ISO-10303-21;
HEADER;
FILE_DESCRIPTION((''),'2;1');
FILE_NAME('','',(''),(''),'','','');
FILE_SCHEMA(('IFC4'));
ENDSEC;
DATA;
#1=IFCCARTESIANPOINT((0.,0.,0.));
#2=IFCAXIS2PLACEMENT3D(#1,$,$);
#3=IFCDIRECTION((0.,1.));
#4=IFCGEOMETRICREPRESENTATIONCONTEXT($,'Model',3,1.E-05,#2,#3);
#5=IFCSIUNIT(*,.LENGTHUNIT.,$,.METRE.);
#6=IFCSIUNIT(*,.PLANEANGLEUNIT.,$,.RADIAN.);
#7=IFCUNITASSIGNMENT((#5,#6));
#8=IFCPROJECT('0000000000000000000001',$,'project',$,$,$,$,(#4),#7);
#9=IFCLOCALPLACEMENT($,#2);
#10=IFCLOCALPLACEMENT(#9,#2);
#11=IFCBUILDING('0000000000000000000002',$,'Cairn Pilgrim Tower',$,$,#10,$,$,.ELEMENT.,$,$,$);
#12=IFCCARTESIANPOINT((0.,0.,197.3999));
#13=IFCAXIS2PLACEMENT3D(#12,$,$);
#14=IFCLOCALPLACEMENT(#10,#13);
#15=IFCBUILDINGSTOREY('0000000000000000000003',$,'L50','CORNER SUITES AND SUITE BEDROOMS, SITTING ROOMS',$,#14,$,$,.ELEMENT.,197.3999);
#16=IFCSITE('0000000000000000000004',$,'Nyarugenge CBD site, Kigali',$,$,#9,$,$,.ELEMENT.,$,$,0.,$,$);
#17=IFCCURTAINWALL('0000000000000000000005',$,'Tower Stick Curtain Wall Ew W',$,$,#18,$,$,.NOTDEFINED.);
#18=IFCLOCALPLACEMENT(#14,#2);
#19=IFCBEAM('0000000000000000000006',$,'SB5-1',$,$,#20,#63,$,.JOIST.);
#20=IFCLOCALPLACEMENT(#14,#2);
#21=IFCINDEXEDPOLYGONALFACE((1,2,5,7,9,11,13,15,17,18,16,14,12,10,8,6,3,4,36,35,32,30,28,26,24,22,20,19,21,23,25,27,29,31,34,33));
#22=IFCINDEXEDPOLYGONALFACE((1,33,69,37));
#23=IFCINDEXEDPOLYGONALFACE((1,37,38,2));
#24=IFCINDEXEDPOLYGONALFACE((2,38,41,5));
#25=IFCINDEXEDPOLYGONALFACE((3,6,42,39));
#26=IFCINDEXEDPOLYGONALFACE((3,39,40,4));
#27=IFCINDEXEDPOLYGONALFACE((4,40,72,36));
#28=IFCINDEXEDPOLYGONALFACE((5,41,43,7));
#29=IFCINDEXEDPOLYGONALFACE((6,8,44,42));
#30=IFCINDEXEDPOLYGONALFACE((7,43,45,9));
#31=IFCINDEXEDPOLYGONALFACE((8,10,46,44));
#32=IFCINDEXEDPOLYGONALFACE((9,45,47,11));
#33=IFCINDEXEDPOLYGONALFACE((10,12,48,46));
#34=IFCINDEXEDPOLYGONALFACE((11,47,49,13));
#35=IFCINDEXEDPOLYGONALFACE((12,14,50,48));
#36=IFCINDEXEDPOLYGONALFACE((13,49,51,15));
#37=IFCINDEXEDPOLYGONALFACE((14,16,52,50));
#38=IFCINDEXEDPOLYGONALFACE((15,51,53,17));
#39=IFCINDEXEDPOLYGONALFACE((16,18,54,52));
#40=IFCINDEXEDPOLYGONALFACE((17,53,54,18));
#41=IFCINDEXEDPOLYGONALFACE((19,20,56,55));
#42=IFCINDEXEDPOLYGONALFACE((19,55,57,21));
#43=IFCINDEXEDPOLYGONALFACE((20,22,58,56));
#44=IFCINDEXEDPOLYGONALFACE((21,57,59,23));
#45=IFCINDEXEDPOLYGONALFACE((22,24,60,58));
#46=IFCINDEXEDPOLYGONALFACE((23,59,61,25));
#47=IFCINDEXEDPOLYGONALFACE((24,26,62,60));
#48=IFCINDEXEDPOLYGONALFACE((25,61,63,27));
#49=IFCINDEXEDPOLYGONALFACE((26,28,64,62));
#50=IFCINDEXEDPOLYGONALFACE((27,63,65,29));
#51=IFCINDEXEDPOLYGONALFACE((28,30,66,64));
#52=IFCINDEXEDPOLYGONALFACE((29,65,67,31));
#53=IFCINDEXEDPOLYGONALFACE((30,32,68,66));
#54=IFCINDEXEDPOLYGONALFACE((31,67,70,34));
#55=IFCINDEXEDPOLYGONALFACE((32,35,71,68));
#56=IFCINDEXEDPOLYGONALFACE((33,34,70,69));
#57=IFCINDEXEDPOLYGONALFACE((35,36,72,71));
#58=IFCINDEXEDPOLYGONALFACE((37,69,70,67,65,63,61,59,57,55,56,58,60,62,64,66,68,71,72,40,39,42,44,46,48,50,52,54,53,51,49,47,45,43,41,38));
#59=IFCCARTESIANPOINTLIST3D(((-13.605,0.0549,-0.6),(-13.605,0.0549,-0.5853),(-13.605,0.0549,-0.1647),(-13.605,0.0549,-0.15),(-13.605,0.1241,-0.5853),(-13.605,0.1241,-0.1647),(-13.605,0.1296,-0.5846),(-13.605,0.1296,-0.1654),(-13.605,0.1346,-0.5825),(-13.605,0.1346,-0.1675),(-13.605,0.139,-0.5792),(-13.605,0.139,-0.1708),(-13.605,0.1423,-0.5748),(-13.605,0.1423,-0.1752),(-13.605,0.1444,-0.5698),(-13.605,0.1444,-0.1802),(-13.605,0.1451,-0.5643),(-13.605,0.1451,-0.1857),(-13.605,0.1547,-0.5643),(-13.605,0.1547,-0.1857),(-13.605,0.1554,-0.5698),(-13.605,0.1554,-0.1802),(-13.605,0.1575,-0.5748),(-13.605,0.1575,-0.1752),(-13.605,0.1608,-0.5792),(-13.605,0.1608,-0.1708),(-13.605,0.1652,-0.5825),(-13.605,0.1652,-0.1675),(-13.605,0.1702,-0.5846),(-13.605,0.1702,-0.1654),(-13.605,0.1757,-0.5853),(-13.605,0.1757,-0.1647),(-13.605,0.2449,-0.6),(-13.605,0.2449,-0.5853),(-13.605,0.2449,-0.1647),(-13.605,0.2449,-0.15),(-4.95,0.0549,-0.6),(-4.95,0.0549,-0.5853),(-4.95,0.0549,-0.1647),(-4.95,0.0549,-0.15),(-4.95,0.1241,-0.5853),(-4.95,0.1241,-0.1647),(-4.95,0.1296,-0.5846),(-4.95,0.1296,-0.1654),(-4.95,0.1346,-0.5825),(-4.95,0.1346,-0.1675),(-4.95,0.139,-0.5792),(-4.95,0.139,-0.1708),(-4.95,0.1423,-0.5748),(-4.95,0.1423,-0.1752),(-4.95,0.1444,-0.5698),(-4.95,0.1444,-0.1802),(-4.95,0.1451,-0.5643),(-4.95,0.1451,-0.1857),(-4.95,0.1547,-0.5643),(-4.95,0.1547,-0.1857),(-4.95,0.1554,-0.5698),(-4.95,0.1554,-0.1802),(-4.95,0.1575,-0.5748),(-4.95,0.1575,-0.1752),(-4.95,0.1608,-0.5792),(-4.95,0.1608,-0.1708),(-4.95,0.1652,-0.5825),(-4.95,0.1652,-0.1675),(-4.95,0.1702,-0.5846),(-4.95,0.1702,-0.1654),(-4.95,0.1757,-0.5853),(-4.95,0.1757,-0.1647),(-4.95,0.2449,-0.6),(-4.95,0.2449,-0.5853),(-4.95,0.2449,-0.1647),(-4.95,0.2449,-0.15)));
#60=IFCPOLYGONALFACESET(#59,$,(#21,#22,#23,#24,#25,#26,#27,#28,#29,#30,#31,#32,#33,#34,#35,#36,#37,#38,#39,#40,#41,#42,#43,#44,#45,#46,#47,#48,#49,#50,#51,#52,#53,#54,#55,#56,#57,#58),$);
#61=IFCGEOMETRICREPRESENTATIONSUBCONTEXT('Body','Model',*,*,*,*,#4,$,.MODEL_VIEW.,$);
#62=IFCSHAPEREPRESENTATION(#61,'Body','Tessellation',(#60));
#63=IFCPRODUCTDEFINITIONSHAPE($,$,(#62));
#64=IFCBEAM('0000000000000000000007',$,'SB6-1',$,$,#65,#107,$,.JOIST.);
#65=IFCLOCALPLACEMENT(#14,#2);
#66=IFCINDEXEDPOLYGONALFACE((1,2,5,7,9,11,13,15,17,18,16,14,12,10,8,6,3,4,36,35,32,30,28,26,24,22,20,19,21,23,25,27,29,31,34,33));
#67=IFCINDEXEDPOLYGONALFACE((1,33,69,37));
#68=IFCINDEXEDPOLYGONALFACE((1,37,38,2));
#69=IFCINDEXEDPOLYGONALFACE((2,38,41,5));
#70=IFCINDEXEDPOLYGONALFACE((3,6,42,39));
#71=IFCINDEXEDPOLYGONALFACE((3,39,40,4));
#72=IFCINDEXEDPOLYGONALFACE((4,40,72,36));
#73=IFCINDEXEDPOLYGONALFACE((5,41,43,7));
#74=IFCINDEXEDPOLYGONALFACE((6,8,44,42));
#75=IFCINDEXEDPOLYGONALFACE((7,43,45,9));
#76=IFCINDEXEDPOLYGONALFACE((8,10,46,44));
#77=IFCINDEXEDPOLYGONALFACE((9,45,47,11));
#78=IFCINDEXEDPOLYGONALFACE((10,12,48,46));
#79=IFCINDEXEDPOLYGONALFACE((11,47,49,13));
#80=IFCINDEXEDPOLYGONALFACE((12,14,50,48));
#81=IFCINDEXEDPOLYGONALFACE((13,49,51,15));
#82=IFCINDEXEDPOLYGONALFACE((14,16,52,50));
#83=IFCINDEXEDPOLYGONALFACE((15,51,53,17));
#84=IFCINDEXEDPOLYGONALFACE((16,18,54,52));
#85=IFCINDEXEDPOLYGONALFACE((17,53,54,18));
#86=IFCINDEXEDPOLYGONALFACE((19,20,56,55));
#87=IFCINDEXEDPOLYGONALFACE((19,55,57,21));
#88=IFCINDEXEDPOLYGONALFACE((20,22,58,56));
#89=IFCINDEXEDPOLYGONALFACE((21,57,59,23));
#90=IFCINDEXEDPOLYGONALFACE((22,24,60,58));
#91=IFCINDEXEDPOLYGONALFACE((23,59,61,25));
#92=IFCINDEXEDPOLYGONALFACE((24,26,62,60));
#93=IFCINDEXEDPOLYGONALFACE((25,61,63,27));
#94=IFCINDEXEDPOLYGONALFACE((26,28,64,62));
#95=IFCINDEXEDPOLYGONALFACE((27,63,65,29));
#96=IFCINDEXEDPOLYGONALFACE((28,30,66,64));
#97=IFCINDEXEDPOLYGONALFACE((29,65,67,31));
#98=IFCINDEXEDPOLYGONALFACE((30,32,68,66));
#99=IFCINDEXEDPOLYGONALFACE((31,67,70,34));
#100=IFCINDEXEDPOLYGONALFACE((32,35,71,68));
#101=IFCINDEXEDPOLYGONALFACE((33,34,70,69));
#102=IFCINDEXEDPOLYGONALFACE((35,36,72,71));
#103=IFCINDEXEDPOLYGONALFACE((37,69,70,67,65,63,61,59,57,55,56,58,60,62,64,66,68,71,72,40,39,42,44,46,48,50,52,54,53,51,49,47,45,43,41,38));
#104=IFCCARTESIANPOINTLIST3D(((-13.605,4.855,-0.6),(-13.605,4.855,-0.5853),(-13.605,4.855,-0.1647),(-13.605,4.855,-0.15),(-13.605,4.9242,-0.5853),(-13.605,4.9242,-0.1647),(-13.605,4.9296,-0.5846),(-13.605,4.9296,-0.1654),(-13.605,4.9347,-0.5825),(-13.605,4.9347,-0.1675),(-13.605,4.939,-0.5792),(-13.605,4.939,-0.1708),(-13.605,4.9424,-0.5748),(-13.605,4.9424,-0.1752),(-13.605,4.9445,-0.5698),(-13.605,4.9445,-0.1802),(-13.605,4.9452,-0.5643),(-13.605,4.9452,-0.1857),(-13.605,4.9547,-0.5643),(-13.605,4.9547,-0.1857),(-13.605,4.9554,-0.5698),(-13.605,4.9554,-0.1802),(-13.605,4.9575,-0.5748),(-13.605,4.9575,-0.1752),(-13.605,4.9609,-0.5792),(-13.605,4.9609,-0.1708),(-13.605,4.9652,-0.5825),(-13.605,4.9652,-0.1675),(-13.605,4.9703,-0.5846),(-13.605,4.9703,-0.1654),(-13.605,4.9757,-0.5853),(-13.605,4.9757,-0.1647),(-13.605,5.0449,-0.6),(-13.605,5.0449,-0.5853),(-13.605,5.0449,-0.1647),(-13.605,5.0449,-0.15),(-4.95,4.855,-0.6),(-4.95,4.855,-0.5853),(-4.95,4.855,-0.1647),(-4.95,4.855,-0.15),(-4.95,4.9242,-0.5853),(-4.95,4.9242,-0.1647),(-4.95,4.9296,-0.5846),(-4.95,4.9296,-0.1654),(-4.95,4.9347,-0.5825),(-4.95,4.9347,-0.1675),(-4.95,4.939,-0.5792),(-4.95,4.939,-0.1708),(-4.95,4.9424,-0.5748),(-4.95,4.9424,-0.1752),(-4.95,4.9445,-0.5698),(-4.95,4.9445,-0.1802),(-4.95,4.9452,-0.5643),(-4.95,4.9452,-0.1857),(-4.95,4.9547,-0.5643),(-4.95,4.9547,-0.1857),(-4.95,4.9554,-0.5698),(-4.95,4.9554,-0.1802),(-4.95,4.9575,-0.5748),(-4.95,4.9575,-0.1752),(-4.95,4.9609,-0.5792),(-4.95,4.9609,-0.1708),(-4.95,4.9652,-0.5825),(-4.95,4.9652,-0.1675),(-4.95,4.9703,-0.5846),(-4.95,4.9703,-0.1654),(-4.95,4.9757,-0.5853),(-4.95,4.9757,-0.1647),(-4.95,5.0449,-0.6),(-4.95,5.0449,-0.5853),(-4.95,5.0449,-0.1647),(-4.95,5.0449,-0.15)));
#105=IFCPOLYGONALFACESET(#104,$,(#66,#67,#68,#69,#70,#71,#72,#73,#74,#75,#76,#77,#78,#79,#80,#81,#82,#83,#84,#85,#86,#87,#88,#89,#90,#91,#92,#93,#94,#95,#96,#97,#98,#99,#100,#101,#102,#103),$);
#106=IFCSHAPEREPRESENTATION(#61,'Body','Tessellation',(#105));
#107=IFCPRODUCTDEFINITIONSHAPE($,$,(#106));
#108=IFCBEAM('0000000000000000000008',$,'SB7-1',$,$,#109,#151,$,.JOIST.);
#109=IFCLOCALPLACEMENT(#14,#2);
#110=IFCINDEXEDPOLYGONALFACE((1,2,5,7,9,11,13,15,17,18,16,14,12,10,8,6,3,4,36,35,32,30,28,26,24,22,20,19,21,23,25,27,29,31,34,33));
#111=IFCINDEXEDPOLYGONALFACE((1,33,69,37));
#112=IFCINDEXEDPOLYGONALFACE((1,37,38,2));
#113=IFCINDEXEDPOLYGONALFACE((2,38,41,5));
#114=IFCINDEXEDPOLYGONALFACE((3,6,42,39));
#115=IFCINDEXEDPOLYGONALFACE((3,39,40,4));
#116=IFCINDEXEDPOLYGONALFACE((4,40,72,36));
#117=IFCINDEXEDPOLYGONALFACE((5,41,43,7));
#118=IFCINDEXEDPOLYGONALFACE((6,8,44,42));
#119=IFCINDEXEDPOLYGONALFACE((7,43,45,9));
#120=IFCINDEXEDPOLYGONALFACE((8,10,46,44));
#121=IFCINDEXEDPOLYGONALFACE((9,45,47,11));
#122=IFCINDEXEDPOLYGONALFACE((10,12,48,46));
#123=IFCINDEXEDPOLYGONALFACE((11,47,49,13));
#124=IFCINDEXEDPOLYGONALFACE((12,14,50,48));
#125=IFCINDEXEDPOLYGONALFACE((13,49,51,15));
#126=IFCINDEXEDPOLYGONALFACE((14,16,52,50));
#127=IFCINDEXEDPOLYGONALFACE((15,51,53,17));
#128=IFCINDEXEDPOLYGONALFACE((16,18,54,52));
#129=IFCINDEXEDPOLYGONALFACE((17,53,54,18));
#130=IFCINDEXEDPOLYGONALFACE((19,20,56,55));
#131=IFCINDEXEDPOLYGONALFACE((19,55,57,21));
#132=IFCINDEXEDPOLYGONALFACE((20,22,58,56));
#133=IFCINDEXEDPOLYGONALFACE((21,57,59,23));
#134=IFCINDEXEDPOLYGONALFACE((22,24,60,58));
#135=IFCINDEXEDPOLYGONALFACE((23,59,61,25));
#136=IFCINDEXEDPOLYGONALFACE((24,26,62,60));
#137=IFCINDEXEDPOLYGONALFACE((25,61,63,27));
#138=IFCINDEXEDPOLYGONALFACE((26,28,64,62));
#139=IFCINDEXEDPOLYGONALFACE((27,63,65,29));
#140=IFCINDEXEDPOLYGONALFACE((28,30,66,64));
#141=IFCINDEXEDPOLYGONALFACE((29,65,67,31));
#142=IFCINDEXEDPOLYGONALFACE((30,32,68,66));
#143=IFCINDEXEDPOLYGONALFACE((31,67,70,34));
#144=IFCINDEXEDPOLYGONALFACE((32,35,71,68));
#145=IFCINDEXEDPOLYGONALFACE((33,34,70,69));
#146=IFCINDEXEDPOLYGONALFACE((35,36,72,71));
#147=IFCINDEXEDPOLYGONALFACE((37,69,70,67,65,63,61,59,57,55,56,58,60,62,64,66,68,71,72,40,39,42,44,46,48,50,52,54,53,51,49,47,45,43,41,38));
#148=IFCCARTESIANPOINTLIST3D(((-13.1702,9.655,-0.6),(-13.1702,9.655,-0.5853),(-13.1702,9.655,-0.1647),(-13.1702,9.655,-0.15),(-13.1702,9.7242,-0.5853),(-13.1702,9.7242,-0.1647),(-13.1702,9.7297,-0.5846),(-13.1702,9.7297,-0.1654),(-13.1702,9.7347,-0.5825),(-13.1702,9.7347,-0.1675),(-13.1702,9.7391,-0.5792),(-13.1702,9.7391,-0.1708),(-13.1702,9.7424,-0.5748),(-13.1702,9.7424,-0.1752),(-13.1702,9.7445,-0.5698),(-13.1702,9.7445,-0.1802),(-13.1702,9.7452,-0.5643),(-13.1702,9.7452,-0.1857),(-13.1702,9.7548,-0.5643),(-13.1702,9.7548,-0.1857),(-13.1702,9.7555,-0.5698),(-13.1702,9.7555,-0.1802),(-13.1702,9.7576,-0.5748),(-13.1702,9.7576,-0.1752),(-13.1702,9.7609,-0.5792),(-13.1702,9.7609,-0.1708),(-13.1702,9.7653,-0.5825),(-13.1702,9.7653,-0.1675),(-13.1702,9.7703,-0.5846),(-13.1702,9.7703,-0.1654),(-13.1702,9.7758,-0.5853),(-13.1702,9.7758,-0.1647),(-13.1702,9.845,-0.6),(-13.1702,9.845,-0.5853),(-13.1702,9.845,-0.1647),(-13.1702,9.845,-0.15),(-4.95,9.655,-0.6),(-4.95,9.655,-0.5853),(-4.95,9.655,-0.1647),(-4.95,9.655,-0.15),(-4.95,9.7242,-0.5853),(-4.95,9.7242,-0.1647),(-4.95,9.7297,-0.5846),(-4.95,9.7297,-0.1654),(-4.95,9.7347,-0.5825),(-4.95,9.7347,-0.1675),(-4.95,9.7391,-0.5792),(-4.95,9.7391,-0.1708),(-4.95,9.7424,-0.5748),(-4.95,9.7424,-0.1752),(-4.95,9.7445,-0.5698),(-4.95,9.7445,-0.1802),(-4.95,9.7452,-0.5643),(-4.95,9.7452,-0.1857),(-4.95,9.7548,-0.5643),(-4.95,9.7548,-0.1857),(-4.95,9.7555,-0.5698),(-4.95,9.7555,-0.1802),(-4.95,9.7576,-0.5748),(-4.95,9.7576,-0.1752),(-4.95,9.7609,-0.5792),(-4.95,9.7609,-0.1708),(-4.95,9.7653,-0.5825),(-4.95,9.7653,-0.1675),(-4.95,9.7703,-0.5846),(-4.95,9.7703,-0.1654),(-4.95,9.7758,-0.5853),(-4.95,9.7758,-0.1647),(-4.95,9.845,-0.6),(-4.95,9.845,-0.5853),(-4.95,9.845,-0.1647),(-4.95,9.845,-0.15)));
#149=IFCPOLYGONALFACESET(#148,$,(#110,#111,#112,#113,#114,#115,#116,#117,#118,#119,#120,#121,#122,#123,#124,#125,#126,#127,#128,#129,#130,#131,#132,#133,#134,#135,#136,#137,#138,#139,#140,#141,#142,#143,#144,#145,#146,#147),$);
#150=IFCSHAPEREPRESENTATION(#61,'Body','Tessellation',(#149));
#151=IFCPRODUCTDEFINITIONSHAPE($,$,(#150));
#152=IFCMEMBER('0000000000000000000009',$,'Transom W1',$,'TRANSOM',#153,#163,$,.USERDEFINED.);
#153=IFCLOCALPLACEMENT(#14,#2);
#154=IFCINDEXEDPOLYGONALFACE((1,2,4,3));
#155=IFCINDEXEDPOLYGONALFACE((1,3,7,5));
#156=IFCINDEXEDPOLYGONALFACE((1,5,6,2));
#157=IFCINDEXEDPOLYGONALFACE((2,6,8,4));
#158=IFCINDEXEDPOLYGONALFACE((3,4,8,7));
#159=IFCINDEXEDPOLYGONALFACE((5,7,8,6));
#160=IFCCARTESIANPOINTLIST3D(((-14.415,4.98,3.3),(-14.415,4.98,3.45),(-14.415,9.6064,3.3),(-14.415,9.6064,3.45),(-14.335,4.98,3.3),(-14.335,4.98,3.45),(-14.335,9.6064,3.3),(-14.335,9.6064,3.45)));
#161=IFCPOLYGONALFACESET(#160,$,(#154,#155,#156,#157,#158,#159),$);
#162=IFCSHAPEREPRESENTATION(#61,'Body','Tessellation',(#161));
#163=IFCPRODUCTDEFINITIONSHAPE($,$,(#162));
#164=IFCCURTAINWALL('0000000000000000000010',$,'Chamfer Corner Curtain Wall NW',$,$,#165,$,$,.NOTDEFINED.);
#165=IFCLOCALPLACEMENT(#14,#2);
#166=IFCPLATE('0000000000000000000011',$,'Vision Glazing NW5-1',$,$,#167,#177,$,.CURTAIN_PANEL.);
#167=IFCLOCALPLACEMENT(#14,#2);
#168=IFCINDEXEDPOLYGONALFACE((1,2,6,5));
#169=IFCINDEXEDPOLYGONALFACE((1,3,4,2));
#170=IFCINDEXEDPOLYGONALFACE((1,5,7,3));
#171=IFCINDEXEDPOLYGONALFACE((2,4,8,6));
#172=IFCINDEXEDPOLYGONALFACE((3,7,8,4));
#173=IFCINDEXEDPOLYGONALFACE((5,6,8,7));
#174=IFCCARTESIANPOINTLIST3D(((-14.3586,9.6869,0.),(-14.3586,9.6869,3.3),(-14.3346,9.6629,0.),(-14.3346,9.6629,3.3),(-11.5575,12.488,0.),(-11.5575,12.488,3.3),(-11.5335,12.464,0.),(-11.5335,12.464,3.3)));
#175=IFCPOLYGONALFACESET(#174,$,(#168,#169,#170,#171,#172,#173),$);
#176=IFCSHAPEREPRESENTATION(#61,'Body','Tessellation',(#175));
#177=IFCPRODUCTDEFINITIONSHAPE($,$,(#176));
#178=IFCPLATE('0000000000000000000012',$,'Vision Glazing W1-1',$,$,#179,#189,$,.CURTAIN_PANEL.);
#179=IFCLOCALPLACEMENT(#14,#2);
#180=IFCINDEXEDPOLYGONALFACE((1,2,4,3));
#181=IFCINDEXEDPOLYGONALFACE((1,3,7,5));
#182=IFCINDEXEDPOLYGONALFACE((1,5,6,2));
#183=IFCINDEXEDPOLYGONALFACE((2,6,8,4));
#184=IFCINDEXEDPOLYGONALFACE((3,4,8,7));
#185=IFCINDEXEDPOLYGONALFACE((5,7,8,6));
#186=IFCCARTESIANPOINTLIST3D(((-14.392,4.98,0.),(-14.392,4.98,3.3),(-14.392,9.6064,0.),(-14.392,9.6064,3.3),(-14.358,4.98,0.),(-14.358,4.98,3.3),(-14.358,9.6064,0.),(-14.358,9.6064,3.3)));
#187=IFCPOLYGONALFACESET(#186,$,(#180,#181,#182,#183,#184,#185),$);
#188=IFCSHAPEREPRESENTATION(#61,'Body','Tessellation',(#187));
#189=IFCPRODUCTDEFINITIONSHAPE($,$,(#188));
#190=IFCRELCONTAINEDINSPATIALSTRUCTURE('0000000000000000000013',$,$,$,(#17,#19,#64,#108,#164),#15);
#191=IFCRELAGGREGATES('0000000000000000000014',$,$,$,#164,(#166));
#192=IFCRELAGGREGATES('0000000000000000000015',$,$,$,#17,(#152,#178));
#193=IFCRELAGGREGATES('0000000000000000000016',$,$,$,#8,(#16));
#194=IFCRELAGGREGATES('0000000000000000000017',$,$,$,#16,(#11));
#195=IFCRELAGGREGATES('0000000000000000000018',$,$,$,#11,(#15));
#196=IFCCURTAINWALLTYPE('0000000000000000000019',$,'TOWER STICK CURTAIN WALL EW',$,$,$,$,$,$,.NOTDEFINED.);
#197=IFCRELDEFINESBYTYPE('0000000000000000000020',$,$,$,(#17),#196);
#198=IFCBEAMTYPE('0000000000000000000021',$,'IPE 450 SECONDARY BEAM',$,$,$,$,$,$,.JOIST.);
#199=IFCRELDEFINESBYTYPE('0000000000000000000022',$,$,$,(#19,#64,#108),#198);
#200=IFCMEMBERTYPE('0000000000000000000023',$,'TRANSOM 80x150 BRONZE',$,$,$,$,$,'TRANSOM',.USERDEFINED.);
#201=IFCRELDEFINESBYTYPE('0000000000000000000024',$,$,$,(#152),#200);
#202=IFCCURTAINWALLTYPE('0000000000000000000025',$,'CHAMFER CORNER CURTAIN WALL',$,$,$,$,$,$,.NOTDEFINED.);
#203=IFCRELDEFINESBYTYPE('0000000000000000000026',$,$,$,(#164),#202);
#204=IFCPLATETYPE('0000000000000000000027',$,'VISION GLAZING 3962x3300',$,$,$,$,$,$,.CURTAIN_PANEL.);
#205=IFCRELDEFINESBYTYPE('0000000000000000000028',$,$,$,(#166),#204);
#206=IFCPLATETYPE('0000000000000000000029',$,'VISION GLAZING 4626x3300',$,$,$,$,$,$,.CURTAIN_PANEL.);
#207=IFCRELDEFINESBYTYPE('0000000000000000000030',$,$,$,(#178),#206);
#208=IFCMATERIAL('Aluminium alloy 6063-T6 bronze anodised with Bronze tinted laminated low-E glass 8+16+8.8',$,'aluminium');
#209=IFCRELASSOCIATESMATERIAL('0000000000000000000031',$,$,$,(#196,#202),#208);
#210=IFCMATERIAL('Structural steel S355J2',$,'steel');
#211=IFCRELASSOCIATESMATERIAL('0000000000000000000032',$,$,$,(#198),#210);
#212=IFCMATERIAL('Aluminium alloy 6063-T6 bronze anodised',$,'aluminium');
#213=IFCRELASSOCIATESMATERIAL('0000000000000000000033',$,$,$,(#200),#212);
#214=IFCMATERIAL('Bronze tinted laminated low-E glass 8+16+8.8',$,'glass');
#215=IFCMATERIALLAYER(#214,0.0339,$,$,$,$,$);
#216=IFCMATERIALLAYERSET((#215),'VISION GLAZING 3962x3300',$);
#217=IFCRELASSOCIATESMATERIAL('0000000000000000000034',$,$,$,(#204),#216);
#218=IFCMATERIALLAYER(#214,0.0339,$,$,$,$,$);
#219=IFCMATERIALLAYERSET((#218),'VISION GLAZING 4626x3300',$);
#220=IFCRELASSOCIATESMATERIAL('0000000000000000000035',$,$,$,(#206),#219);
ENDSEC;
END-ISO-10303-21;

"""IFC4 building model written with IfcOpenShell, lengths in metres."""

from ifc_helpers import new_model, si_unit, direction, frame, origin, origin_2d, place, context, subcontext, project, spatial, rectangle, i_section, extrude, material, layer, layer_set, material_profile, profile_set, type_object, element, aggregate, save


model = new_model("IFC4")

# Units and contexts
model_context = context("Model", 3, precision=1e-05, world=origin(), true_north=direction((0.0, 1.0)))
body_context = subcontext(model_context, "Body", "Model", "MODEL_VIEW")
ifc_project = project(units=[si_unit("LENGTHUNIT", "METRE"), si_unit("PLANEANGLEUNIT", "RADIAN")], contexts=[model_context])

# Site, building, storey
site_placement = place(None, origin())
site = spatial("IfcSite", under=ifc_project, at=site_placement, Name="Nyarugenge CBD site, Kigali", CompositionType="ELEMENT", RefElevation=0.0)
building_placement = place(site_placement, origin())
building = spatial("IfcBuilding", under=site, at=building_placement, Name="Cairn Pilgrim Tower", CompositionType="ELEMENT")
storey_placement = place(building_placement, frame((0.0, 0.0, 197.3999)))
storey = spatial("IfcBuildingStorey", under=building, at=storey_placement, Name="L50", Description="CORNER SUITES AND SUITE BEDROOMS, SITTING ROOMS", CompositionType="ELEMENT", Elevation=197.3999)

# Shared definitions
ifc_material_1 = material(Name="Structural steel S355J2", Category="steel")

# Curtain wall
ifc_material_2 = material(Name="Aluminium alloy 6063-T6 bronze anodised with Bronze tinted laminated low-E glass 8+16+8.8", Category="aluminium")
curtain_wall_type_1 = type_object("IfcCurtainWallType", Name="TOWER STICK CURTAIN WALL EW", PredefinedType="NOTDEFINED", material=ifc_material_2)
curtain_wall_1_placement = place(storey_placement, origin())
curtain_wall_1 = element("IfcCurtainWall", 1, at=curtain_wall_1_placement, inside=storey, type_object=curtain_wall_type_1, Name="Tower Stick Curtain Wall Ew W", PredefinedType="NOTDEFINED")
ifc_material_3 = material(Name="Aluminium alloy 6063-T6 bronze anodised", Category="aluminium")

# Beams
ifc_material_profile_1 = material_profile(ifc_material_1, i_section(OverallWidth=0.1899, OverallDepth=0.45, WebThickness=0.0095, FlangeThickness=0.0146, FilletRadius=0.021, at=origin_2d()), Name="IPE 450")
ifc_profile_set_1 = profile_set([ifc_material_profile_1], Name="Structural steel S355J2")
beam_type_1 = type_object("IfcBeamType", Name="IPE 450 SECONDARY BEAM", PredefinedType="JOIST", material=ifc_profile_set_1)
for number, where, z_axis, x_axis, name in (
    (2, (-13.605, 0.1499, -0.375), (1.0, 0.0, 0.0), (0.0, 1.0, 0.0), "SB5-1"),
    (3, (-13.605, 4.95, -0.375), (1.0, 0.0, 0.0), (0.0, 1.0, 0.0), "SB6-1"),
):
    element("IfcBeam", number, at=place(storey_placement, frame(where, z_axis=z_axis, x_axis=x_axis)), inside=storey, type_object=beam_type_1, Name=name, PredefinedType="JOIST", context=body_context, shape_type="SweptSolid", body=[
        extrude(i_section(OverallWidth=0.1899, OverallDepth=0.45, WebThickness=0.0095, FlangeThickness=0.0146, FilletRadius=0.021, at=origin_2d()), origin(), (0.0, 0.0, 1.0), 8.655),
    ])
beam_1_placement = place(storey_placement, frame((-13.1702, 9.75, -0.375), z_axis=(1.0, 0.0, 0.0), x_axis=(0.0, 1.0, 0.0)))
element("IfcBeam", 4, at=beam_1_placement, inside=storey, type_object=beam_type_1, Name="SB7-1", PredefinedType="JOIST", context=body_context, shape_type="SweptSolid", body=[
    extrude(i_section(OverallWidth=0.1899, OverallDepth=0.45, WebThickness=0.0095, FlangeThickness=0.0146, FilletRadius=0.021, at=origin_2d()), origin(), (0.0, 0.0, 1.0), 8.2202),
])

# Member
ifc_material_profile_2 = material_profile(ifc_material_3, rectangle(XDim=0.0801, YDim=0.1499, at=origin_2d()), Name="TRANSOM 80x150 BRONZE")
ifc_profile_set_2 = profile_set([ifc_material_profile_2], Name="Aluminium alloy 6063-T6 bronze anodised")
member_type_1 = type_object("IfcMemberType", Name="TRANSOM 80x150 BRONZE", ElementType="TRANSOM", PredefinedType="USERDEFINED", material=ifc_profile_set_2)
member_1_placement = place(storey_placement, frame((-14.375, 9.6064, 3.375), z_axis=(0.0, -1.0, 0.0), x_axis=(1.0, 0.0, 0.0)))
member_1 = element("IfcMember", 5, at=member_1_placement, type_object=member_type_1, Name="Transom W1", ObjectType="TRANSOM", PredefinedType="USERDEFINED", context=body_context, shape_type="SweptSolid", body=[
    extrude(rectangle(XDim=0.0801, YDim=0.1499, at=origin_2d()), origin(), (0.0, 0.0, 1.0), 4.6265),
])

# Curtain wall, plate
curtain_wall_type_2 = type_object("IfcCurtainWallType", Name="CHAMFER CORNER CURTAIN WALL", PredefinedType="NOTDEFINED", material=ifc_material_2)
curtain_wall_2_placement = place(storey_placement, origin())
curtain_wall_2 = element("IfcCurtainWall", 6, at=curtain_wall_2_placement, inside=storey, type_object=curtain_wall_type_2, Name="Chamfer Corner Curtain Wall NW", PredefinedType="NOTDEFINED")
ifc_material_4 = material(Name="Bronze tinted laminated low-E glass 8+16+8.8", Category="glass")
ifc_layer_1 = layer(ifc_material_4, 0.0339)
ifc_layer_set_1 = layer_set([ifc_layer_1], Name="VISION GLAZING 3962x3300")
plate_type_1 = type_object("IfcPlateType", Name="VISION GLAZING 3962x3300", PredefinedType="CURTAIN_PANEL", material=ifc_layer_set_1)
plate_1_placement = place(storey_placement, frame((-12.946, 11.0754, 0.0), z_axis=(0.0, 0.0, 1.0), x_axis=(-0.707107, -0.707107, 0.0)))
plate_1 = element("IfcPlate", 7, at=plate_1_placement, type_object=plate_type_1, Name="Vision Glazing NW5-1", PredefinedType="CURTAIN_PANEL", context=body_context, shape_type="SweptSolid", body=[
    extrude(rectangle(XDim=3.9614, YDim=0.0339, at=origin_2d()), origin(), (0.0, 0.0, 1.0), 3.3),
])
aggregate(curtain_wall_2, [plate_1])

# Plate
ifc_layer_2 = layer(ifc_material_4, 0.0339)
ifc_layer_set_2 = layer_set([ifc_layer_2], Name="VISION GLAZING 4626x3300")
plate_type_2 = type_object("IfcPlateType", Name="VISION GLAZING 4626x3300", PredefinedType="CURTAIN_PANEL", material=ifc_layer_set_2)
plate_2_placement = place(storey_placement, frame((-14.375, 7.2932, 0.0), z_axis=(0.0, 0.0, 1.0), x_axis=(0.0, -1.0, 0.0)))
plate_2 = element("IfcPlate", 8, at=plate_2_placement, type_object=plate_type_2, Name="Vision Glazing W1-1", PredefinedType="CURTAIN_PANEL", context=body_context, shape_type="SweptSolid", body=[
    extrude(rectangle(XDim=4.6265, YDim=0.0339, at=origin_2d()), origin(), (0.0, 0.0, 1.0), 3.3),
])
aggregate(curtain_wall_1, [member_1, plate_2])

save(model, "model.ifc")
